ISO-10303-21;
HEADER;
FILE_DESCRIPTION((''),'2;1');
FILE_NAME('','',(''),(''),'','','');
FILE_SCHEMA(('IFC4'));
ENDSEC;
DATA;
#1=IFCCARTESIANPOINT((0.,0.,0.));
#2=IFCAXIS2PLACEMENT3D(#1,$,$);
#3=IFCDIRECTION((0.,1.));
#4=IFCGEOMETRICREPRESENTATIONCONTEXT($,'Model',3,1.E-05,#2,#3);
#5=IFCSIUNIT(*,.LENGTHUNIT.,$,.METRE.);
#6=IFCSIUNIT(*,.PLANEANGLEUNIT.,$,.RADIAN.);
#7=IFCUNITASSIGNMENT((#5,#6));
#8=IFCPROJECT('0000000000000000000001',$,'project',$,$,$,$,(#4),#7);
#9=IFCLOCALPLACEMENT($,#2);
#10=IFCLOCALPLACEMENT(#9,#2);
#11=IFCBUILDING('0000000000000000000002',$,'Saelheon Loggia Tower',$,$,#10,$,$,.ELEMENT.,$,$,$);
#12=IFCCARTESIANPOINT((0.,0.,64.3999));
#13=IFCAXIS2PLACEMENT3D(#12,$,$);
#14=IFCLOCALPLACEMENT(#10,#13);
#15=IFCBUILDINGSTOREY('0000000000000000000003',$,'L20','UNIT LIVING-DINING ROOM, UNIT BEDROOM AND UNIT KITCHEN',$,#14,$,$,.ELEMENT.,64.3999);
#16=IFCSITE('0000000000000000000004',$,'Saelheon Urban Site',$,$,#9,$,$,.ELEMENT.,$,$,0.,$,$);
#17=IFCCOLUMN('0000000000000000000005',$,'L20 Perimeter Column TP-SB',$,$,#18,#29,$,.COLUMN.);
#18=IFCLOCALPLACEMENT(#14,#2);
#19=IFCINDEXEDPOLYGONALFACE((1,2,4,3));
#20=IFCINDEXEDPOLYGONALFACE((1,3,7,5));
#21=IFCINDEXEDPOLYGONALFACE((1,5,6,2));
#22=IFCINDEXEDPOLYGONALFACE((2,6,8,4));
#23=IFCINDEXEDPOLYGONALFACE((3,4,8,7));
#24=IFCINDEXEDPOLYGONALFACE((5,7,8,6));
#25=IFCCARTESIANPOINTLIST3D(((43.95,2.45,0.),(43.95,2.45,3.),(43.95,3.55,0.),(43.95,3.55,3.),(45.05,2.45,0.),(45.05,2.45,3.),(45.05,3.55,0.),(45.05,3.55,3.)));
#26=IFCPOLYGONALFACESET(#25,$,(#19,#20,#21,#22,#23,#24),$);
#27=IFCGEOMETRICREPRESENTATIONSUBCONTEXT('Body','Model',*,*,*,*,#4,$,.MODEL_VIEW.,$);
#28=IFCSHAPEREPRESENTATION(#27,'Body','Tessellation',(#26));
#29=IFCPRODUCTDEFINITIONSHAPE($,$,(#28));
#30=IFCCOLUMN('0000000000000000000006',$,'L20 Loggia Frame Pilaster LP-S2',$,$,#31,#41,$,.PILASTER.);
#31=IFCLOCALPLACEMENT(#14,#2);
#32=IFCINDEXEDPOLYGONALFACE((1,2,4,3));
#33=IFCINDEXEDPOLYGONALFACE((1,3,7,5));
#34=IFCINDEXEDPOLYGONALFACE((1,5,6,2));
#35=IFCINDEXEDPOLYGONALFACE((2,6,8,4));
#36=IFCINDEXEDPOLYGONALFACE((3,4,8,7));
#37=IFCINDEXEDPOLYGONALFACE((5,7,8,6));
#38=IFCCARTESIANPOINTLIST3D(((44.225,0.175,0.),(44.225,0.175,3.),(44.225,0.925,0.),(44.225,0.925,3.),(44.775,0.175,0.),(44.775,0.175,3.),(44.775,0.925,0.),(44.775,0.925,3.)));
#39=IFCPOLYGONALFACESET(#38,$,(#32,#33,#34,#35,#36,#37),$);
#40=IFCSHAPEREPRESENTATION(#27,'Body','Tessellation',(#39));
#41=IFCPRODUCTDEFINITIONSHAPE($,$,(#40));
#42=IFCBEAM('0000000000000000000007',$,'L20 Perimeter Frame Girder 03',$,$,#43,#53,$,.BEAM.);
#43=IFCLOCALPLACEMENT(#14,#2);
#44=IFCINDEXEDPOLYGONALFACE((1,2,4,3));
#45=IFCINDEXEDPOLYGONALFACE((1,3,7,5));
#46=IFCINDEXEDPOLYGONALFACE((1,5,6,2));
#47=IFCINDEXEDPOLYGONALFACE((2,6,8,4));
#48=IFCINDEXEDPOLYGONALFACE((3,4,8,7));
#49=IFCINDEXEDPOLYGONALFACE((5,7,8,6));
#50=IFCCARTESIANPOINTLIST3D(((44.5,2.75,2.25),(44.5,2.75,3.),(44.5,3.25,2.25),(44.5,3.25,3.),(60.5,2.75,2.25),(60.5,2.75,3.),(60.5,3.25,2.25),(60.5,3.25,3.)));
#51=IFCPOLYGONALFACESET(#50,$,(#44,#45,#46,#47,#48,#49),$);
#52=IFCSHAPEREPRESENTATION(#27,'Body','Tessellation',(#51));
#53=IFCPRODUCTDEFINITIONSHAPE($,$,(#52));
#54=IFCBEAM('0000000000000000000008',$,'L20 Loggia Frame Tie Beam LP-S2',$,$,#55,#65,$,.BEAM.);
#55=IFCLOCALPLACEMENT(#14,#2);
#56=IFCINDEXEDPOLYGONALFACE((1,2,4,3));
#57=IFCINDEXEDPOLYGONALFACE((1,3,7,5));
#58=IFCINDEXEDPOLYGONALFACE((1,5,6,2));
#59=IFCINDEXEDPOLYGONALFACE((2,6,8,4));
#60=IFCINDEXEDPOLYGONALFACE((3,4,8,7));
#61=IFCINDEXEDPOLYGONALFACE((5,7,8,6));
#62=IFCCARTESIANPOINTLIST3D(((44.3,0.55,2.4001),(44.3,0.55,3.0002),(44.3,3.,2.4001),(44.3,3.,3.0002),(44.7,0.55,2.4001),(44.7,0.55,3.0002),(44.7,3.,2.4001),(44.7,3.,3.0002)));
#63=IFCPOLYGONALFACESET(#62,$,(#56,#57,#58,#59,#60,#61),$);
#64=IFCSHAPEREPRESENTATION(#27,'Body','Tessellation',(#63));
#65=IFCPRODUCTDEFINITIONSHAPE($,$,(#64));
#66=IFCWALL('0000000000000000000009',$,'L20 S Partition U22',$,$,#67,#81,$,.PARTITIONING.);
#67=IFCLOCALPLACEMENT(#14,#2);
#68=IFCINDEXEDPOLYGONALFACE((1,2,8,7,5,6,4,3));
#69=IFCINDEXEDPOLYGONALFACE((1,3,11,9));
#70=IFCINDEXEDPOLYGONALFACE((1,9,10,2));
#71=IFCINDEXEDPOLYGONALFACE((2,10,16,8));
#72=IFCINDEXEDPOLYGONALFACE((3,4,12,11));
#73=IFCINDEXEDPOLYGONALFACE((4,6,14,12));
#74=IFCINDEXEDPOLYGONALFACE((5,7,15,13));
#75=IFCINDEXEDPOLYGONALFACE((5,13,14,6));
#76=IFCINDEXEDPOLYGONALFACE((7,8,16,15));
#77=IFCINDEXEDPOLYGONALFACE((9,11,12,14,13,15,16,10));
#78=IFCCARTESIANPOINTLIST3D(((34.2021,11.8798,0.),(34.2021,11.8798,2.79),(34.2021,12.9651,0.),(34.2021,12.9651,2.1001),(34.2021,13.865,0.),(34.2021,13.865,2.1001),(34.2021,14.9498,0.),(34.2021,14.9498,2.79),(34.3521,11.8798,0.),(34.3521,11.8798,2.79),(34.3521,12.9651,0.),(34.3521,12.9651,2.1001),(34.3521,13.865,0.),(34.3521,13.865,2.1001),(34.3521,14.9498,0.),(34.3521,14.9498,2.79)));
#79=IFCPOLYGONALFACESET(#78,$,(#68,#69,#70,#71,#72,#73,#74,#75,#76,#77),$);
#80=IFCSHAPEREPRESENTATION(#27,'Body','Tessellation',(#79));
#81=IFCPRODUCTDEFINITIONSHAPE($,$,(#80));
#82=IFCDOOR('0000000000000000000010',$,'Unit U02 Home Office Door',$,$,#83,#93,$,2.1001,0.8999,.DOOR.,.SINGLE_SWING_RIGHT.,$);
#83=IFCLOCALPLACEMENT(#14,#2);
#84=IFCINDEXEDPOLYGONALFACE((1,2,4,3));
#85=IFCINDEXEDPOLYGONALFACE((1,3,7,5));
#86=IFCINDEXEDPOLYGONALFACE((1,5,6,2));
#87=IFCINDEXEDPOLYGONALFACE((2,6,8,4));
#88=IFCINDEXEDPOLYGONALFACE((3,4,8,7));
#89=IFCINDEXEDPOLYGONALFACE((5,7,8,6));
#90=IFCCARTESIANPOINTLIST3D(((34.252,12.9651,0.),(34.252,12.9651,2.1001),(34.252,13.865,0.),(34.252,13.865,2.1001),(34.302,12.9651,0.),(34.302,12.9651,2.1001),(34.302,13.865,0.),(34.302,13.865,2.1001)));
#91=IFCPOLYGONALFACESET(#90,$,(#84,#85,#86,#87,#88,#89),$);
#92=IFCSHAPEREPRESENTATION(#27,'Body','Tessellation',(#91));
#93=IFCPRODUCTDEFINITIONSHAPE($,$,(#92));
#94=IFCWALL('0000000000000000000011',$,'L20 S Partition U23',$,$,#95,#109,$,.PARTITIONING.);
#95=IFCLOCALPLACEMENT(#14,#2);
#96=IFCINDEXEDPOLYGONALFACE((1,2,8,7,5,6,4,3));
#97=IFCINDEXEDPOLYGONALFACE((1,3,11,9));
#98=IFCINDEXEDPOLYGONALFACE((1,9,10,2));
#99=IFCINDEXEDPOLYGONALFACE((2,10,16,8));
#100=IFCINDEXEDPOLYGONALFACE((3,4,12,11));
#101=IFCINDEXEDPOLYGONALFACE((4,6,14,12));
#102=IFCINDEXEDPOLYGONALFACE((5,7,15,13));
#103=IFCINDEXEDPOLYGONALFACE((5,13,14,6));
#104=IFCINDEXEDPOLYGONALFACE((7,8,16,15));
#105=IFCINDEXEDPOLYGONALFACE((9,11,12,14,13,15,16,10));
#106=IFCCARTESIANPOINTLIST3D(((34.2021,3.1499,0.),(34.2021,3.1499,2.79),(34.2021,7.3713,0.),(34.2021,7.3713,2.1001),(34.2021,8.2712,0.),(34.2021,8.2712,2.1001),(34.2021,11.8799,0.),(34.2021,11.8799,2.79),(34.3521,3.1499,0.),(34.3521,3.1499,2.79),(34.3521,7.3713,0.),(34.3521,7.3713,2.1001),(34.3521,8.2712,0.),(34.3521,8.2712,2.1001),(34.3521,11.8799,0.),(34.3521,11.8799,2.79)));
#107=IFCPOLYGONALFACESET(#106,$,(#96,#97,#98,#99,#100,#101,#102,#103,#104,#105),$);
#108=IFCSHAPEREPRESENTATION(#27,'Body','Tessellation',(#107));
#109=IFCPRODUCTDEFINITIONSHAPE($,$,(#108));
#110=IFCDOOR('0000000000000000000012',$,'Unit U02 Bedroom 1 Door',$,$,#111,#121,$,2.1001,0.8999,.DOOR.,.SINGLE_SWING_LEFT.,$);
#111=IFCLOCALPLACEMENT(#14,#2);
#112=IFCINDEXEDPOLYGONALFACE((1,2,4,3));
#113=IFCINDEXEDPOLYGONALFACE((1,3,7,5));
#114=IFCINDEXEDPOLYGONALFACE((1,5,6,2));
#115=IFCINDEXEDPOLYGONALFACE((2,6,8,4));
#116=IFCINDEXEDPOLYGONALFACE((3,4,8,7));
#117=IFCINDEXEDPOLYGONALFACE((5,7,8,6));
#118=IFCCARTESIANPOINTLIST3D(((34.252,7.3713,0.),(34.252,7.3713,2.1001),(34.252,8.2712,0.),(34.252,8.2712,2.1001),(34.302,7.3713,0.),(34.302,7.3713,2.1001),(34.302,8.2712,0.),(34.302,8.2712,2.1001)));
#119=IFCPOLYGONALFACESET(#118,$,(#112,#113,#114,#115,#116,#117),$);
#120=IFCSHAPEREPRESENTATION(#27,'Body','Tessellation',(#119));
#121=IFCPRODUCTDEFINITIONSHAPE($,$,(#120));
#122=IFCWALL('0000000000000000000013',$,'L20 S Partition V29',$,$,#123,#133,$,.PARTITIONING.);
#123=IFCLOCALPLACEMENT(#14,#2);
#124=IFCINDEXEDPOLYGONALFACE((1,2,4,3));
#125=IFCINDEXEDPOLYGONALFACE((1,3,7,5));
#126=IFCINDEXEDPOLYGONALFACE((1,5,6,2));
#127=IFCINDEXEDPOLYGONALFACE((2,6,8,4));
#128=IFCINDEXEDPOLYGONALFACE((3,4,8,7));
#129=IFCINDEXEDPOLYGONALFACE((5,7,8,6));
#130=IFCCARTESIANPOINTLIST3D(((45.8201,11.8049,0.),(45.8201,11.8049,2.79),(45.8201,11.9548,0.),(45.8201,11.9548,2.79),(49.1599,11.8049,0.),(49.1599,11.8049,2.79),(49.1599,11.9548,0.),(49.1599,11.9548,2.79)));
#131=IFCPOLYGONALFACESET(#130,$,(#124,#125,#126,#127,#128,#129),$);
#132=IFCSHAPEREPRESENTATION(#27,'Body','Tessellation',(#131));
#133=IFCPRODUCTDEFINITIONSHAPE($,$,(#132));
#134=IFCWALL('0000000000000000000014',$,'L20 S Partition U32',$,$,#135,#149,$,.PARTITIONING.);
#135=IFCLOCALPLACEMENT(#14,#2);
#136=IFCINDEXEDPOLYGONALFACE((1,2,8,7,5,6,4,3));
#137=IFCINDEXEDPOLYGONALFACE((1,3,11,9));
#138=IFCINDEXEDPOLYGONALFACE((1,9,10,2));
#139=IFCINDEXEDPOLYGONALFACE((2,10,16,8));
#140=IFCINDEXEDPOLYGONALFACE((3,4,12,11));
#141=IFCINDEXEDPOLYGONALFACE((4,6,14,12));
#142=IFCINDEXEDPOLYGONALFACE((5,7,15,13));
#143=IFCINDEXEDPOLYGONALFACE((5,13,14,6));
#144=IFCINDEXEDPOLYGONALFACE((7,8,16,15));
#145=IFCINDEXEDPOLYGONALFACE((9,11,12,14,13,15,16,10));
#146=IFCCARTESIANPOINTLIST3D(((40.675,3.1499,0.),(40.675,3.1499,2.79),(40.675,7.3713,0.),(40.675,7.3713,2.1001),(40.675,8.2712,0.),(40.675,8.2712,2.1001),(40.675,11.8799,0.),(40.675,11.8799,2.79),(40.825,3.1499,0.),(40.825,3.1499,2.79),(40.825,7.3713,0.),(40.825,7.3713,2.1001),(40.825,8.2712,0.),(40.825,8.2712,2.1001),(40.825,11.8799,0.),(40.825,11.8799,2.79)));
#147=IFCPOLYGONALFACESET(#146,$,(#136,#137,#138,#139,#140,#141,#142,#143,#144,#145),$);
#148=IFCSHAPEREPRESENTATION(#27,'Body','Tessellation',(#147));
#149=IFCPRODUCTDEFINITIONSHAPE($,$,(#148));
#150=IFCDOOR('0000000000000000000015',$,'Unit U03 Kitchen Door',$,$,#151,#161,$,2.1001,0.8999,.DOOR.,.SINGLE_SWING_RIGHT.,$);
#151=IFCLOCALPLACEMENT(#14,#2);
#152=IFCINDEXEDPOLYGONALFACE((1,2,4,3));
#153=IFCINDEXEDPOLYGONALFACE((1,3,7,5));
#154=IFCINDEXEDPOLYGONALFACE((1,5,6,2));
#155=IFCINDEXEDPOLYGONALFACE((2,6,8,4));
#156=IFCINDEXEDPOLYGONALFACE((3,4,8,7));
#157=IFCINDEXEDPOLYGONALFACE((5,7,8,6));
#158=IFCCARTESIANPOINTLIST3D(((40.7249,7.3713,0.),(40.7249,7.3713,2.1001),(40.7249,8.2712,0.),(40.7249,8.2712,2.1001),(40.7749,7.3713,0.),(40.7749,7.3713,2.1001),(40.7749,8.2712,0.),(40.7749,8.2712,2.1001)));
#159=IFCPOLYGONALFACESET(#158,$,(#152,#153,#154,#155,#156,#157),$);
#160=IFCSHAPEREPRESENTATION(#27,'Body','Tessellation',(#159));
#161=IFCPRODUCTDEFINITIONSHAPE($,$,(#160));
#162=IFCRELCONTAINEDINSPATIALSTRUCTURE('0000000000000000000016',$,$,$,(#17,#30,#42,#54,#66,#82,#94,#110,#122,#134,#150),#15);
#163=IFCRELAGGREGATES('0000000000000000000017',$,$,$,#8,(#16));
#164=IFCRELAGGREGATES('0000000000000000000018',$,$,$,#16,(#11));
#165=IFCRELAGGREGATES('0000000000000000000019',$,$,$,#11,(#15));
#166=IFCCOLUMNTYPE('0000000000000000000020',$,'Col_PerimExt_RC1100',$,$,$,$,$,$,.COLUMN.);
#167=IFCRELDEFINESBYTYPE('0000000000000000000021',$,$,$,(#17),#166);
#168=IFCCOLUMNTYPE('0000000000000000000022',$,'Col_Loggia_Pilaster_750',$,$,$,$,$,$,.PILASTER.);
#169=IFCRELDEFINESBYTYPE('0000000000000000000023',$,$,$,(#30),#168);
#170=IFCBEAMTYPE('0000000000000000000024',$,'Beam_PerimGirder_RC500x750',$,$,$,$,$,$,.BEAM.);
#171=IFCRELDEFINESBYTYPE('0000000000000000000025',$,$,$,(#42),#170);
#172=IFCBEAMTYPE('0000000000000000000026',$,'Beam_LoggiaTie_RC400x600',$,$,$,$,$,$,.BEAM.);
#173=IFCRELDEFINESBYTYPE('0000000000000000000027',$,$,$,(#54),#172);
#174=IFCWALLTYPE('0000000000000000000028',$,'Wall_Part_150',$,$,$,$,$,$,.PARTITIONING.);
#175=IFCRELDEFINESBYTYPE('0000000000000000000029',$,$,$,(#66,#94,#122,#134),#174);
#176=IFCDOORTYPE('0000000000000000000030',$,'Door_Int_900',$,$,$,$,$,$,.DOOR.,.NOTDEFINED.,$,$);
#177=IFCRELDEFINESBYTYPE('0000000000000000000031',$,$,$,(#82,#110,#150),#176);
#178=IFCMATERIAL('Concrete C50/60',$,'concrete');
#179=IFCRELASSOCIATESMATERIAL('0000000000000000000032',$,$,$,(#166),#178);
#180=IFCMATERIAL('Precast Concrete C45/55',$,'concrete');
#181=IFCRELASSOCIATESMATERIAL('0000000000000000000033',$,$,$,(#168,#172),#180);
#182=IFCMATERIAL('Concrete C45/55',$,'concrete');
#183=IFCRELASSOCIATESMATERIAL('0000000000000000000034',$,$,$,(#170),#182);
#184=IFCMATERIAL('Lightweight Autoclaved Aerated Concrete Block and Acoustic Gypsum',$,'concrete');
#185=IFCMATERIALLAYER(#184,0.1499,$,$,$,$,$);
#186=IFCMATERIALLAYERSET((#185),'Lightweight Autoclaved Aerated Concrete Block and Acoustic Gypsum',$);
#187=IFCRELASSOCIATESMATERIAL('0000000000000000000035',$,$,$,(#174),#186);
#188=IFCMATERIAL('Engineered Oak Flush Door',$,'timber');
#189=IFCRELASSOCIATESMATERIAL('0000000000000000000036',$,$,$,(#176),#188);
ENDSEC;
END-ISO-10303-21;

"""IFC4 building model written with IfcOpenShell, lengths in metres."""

from ifc_helpers import new_model, si_unit, direction, frame, frame_2d, origin, origin_2d, place, context, subcontext, project, spatial, rectangle, extrude, source, transform, mapped, material, layer, layer_set, material_profile, profile_set, type_object, element, fill, save


model = new_model("IFC4")

# Units and contexts
model_context = context("Model", 3, precision=1e-05, world=origin(), true_north=direction((0.0, 1.0)))
body_context = subcontext(model_context, "Body", "Model", "MODEL_VIEW")
ifc_project = project(units=[si_unit("LENGTHUNIT", "METRE"), si_unit("PLANEANGLEUNIT", "RADIAN")], contexts=[model_context])

# Site, building, storey
site_placement = place(None, origin())
site = spatial("IfcSite", under=ifc_project, at=site_placement, Name="Saelheon Urban Site", CompositionType="ELEMENT", RefElevation=0.0)
building_placement = place(site_placement, origin())
building = spatial("IfcBuilding", under=site, at=building_placement, Name="Saelheon Loggia Tower", CompositionType="ELEMENT")
storey_placement = place(building_placement, frame((0.0, 0.0, 64.3999)))
storey = spatial("IfcBuildingStorey", under=building, at=storey_placement, Name="L20", Description="UNIT LIVING-DINING ROOM, UNIT BEDROOM AND UNIT KITCHEN", CompositionType="ELEMENT", Elevation=64.3999)

# Columns
ifc_material_1 = material(Name="Concrete C50/60", Category="concrete")
ifc_material_profile_1 = material_profile(ifc_material_1, rectangle(XDim=1.1001, YDim=1.1001, at=origin_2d()), Name="RC-1100x1100")
ifc_profile_set_1 = profile_set([ifc_material_profile_1], Name="Concrete C50/60")
column_type_1 = type_object("IfcColumnType", Name="Col_PerimExt_RC1100", PredefinedType="COLUMN", material=ifc_profile_set_1)
shared_shape_1 = source(origin(), body_context, "Body", "SweptSolid", [
    extrude(rectangle(XDim=1.1001, YDim=1.1001, at=origin_2d()), origin(), (0.0, 0.0, 1.0), 3.0),
])
column_1_placement = place(storey_placement, frame((44.5, 3.0, 0.0), z_axis=(0.0, 0.0, 1.0), x_axis=(1.0, 0.0, 0.0)))
element("IfcColumn", 1, at=column_1_placement, inside=storey, type_object=column_type_1, Name="L20 Perimeter Column TP-SB", PredefinedType="COLUMN", context=body_context, shape_type="MappedRepresentation", body=[
    mapped(shared_shape_1, transform((0.0, 0.0, 0.0), scale=1.0)),
])
ifc_material_2 = material(Name="Precast Concrete C45/55", Category="concrete")
ifc_material_profile_2 = material_profile(ifc_material_2, rectangle(XDim=0.55, YDim=0.75, at=origin_2d()), Name="RC-550x750")
ifc_profile_set_2 = profile_set([ifc_material_profile_2], Name="Precast Concrete C45/55")
column_type_2 = type_object("IfcColumnType", Name="Col_Loggia_Pilaster_750", PredefinedType="PILASTER", material=ifc_profile_set_2)
shared_shape_2 = source(origin(), body_context, "Body", "SweptSolid", [
    extrude(rectangle(XDim=0.55, YDim=0.75, at=origin_2d()), origin(), (0.0, 0.0, 1.0), 3.0),
])
column_2_placement = place(storey_placement, frame((44.5, 0.55, 0.0), z_axis=(0.0, 0.0, 1.0), x_axis=(1.0, 0.0, 0.0)))
element("IfcColumn", 2, at=column_2_placement, inside=storey, type_object=column_type_2, Name="L20 Loggia Frame Pilaster LP-S2", PredefinedType="PILASTER", context=body_context, shape_type="MappedRepresentation", body=[
    mapped(shared_shape_2, transform((0.0, 0.0, 0.0), scale=1.0)),
])

# Beams
ifc_material_3 = material(Name="Concrete C45/55", Category="concrete")
ifc_material_profile_3 = material_profile(ifc_material_3, rectangle(XDim=0.5, YDim=0.75, at=origin_2d()), Name="RC-500x750")
ifc_profile_set_3 = profile_set([ifc_material_profile_3], Name="Concrete C45/55")
beam_type_1 = type_object("IfcBeamType", Name="Beam_PerimGirder_RC500x750", PredefinedType="BEAM", material=ifc_profile_set_3)
shared_shape_3 = source(origin(), body_context, "Body", "SweptSolid", [
    extrude(rectangle(XDim=0.5, YDim=0.75, at=origin_2d()), origin(), (0.0, 0.0, 1.0), 16.0),
])
beam_1_placement = place(storey_placement, frame((44.5, 3.0, 2.625), z_axis=(1.0, 0.0, 0.0), x_axis=(0.0, 1.0, 0.0)))
element("IfcBeam", 3, at=beam_1_placement, inside=storey, type_object=beam_type_1, Name="L20 Perimeter Frame Girder 03", PredefinedType="BEAM", context=body_context, shape_type="MappedRepresentation", body=[
    mapped(shared_shape_3, transform((0.0, 0.0, 0.0), scale=1.0)),
])
ifc_material_profile_4 = material_profile(ifc_material_2, rectangle(XDim=0.3999, YDim=0.6001, at=origin_2d()), Name="RC-400x600")
ifc_profile_set_4 = profile_set([ifc_material_profile_4], Name="Precast Concrete C45/55")
beam_type_2 = type_object("IfcBeamType", Name="Beam_LoggiaTie_RC400x600", PredefinedType="BEAM", material=ifc_profile_set_4)
shared_shape_4 = source(origin(), body_context, "Body", "SweptSolid", [
    extrude(rectangle(XDim=0.3999, YDim=0.6001, at=origin_2d()), origin(), (0.0, 0.0, 1.0), 2.45),
])
beam_2_placement = place(storey_placement, frame((44.5, 3.0, 2.7002), z_axis=(0.0, -1.0, 0.0), x_axis=(1.0, 0.0, 0.0)))
element("IfcBeam", 4, at=beam_2_placement, inside=storey, type_object=beam_type_2, Name="L20 Loggia Frame Tie Beam LP-S2", PredefinedType="BEAM", context=body_context, shape_type="MappedRepresentation", body=[
    mapped(shared_shape_4, transform((0.0, 0.0, 0.0), scale=1.0)),
])

# Walls, openings, doors
ifc_material_4 = material(Name="Lightweight Autoclaved Aerated Concrete Block and Acoustic Gypsum", Category="concrete")
ifc_layer_1 = layer(ifc_material_4, 0.1499)
ifc_layer_set_1 = layer_set([ifc_layer_1], Name="Lightweight Autoclaved Aerated Concrete Block and Acoustic Gypsum")
wall_type_1 = type_object("IfcWallType", Name="Wall_Part_150", PredefinedType="PARTITIONING", material=ifc_layer_set_1)
wall_1_placement = place(storey_placement, frame((34.2771, 14.95, 0.0), z_axis=(0.0, 0.0, 1.0), x_axis=(0.0, -1.0, 0.0)))
wall_1 = element("IfcWall", 5, at=wall_1_placement, inside=storey, type_object=wall_type_1, Name="L20 S Partition U22", PredefinedType="PARTITIONING", context=body_context, shape_type="SweptSolid", body=[
    extrude(rectangle(XDim=3.0701, YDim=0.1499, at=frame_2d((1.5352, 0.0))), origin(), (0.0, 0.0, 1.0), 2.79),
])
opening_1_placement = place(wall_1_placement, frame((1.085, 0.0, 0.0)))
opening_1 = element("IfcOpeningElement", 6, at=opening_1_placement, cuts=wall_1, PredefinedType="OPENING", context=body_context, shape_type="SweptSolid", body=[
    extrude(rectangle(XDim=0.8999, YDim=2.1001, at=frame_2d((0.45, 1.05))), frame((0.0, 0.0869, 0.0), z_axis=(0.0, -1.0, 0.0), x_axis=(1.0, 0.0, 0.0)), (0.0, 0.0, 1.0), 0.1738),
])
ifc_material_5 = material(Name="Engineered Oak Flush Door", Category="timber")
door_type_1 = type_object("IfcDoorType", Name="Door_Int_900", OperationType="NOTDEFINED", PredefinedType="DOOR", material=ifc_material_5)
shared_shape_5 = source(origin(), body_context, "Body", "SweptSolid", [
    extrude(rectangle(XDim=0.8999, YDim=2.1001, at=frame_2d((0.45, 1.05))), frame((0.0, 0.0249, 0.0), z_axis=(0.0, -1.0, 0.0), x_axis=(1.0, 0.0, 0.0)), (0.0, 0.0, 1.0), 0.05),
])
door_1_placement = place(opening_1_placement, origin())
door_1 = element("IfcDoor", 7, at=door_1_placement, inside=storey, type_object=door_type_1, Name="Unit U02 Home Office Door", OperationType="SINGLE_SWING_RIGHT", OverallHeight=2.1001, OverallWidth=0.8999, PredefinedType="DOOR", context=body_context, shape_type="MappedRepresentation", body=[
    mapped(shared_shape_5, transform((0.0, 0.0, 0.0), scale=1.0)),
])
fill(opening_1, door_1)
wall_2_placement = place(storey_placement, frame((34.2771, 11.8799, 0.0), z_axis=(0.0, 0.0, 1.0), x_axis=(0.0, -1.0, 0.0)))
wall_2 = element("IfcWall", 8, at=wall_2_placement, inside=storey, type_object=wall_type_1, Name="L20 S Partition U23", PredefinedType="PARTITIONING", context=body_context, shape_type="SweptSolid", body=[
    extrude(rectangle(XDim=8.73, YDim=0.1499, at=frame_2d((4.365, 0.0))), origin(), (0.0, 0.0, 1.0), 2.79),
])
opening_2_placement = place(wall_2_placement, frame((3.6086, 0.0, 0.0)))
opening_2 = element("IfcOpeningElement", 9, at=opening_2_placement, cuts=wall_2, PredefinedType="OPENING", context=body_context, shape_type="SweptSolid", body=[
    extrude(rectangle(XDim=0.8999, YDim=2.1001, at=frame_2d((0.45, 1.05))), frame((0.0, 0.0869, 0.0), z_axis=(0.0, -1.0, 0.0), x_axis=(1.0, 0.0, 0.0)), (0.0, 0.0, 1.0), 0.1738),
])
door_2_placement = place(opening_2_placement, origin())
door_2 = element("IfcDoor", 10, at=door_2_placement, inside=storey, type_object=door_type_1, Name="Unit U02 Bedroom 1 Door", OperationType="SINGLE_SWING_LEFT", OverallHeight=2.1001, OverallWidth=0.8999, PredefinedType="DOOR", context=body_context, shape_type="MappedRepresentation", body=[
    mapped(shared_shape_5, transform((0.0, 0.0, 0.0), scale=1.0)),
])
fill(opening_2, door_2)

# Wall
wall_3_placement = place(storey_placement, frame((45.8201, 11.8799, 0.0), z_axis=(0.0, 0.0, 1.0), x_axis=(1.0, 0.0, 0.0)))
element("IfcWall", 11, at=wall_3_placement, inside=storey, type_object=wall_type_1, Name="L20 S Partition V29", PredefinedType="PARTITIONING", context=body_context, shape_type="SweptSolid", body=[
    extrude(rectangle(XDim=3.3398, YDim=0.1499, at=frame_2d((1.6699, 0.0))), origin(), (0.0, 0.0, 1.0), 2.79),
])

# Wall, opening, door
wall_4_placement = place(storey_placement, frame((40.75, 11.8799, 0.0), z_axis=(0.0, 0.0, 1.0), x_axis=(0.0, -1.0, 0.0)))
wall_4 = element("IfcWall", 12, at=wall_4_placement, inside=storey, type_object=wall_type_1, Name="L20 S Partition U32", PredefinedType="PARTITIONING", context=body_context, shape_type="SweptSolid", body=[
    extrude(rectangle(XDim=8.73, YDim=0.1499, at=frame_2d((4.365, 0.0))), origin(), (0.0, 0.0, 1.0), 2.79),
])
opening_3_placement = place(wall_4_placement, frame((3.6086, 0.0, 0.0)))
opening_3 = element("IfcOpeningElement", 13, at=opening_3_placement, cuts=wall_4, PredefinedType="OPENING", context=body_context, shape_type="SweptSolid", body=[
    extrude(rectangle(XDim=0.8999, YDim=2.1001, at=frame_2d((0.45, 1.05))), frame((0.0, 0.0869, 0.0), z_axis=(0.0, -1.0, 0.0), x_axis=(1.0, 0.0, 0.0)), (0.0, 0.0, 1.0), 0.1738),
])
door_3_placement = place(opening_3_placement, origin())
door_3 = element("IfcDoor", 14, at=door_3_placement, inside=storey, type_object=door_type_1, Name="Unit U03 Kitchen Door", OperationType="SINGLE_SWING_RIGHT", OverallHeight=2.1001, OverallWidth=0.8999, PredefinedType="DOOR", context=body_context, shape_type="MappedRepresentation", body=[
    mapped(shared_shape_5, transform((0.0, 0.0, 0.0), scale=1.0)),
])
fill(opening_3, door_3)

save(model, "model.ifc")
